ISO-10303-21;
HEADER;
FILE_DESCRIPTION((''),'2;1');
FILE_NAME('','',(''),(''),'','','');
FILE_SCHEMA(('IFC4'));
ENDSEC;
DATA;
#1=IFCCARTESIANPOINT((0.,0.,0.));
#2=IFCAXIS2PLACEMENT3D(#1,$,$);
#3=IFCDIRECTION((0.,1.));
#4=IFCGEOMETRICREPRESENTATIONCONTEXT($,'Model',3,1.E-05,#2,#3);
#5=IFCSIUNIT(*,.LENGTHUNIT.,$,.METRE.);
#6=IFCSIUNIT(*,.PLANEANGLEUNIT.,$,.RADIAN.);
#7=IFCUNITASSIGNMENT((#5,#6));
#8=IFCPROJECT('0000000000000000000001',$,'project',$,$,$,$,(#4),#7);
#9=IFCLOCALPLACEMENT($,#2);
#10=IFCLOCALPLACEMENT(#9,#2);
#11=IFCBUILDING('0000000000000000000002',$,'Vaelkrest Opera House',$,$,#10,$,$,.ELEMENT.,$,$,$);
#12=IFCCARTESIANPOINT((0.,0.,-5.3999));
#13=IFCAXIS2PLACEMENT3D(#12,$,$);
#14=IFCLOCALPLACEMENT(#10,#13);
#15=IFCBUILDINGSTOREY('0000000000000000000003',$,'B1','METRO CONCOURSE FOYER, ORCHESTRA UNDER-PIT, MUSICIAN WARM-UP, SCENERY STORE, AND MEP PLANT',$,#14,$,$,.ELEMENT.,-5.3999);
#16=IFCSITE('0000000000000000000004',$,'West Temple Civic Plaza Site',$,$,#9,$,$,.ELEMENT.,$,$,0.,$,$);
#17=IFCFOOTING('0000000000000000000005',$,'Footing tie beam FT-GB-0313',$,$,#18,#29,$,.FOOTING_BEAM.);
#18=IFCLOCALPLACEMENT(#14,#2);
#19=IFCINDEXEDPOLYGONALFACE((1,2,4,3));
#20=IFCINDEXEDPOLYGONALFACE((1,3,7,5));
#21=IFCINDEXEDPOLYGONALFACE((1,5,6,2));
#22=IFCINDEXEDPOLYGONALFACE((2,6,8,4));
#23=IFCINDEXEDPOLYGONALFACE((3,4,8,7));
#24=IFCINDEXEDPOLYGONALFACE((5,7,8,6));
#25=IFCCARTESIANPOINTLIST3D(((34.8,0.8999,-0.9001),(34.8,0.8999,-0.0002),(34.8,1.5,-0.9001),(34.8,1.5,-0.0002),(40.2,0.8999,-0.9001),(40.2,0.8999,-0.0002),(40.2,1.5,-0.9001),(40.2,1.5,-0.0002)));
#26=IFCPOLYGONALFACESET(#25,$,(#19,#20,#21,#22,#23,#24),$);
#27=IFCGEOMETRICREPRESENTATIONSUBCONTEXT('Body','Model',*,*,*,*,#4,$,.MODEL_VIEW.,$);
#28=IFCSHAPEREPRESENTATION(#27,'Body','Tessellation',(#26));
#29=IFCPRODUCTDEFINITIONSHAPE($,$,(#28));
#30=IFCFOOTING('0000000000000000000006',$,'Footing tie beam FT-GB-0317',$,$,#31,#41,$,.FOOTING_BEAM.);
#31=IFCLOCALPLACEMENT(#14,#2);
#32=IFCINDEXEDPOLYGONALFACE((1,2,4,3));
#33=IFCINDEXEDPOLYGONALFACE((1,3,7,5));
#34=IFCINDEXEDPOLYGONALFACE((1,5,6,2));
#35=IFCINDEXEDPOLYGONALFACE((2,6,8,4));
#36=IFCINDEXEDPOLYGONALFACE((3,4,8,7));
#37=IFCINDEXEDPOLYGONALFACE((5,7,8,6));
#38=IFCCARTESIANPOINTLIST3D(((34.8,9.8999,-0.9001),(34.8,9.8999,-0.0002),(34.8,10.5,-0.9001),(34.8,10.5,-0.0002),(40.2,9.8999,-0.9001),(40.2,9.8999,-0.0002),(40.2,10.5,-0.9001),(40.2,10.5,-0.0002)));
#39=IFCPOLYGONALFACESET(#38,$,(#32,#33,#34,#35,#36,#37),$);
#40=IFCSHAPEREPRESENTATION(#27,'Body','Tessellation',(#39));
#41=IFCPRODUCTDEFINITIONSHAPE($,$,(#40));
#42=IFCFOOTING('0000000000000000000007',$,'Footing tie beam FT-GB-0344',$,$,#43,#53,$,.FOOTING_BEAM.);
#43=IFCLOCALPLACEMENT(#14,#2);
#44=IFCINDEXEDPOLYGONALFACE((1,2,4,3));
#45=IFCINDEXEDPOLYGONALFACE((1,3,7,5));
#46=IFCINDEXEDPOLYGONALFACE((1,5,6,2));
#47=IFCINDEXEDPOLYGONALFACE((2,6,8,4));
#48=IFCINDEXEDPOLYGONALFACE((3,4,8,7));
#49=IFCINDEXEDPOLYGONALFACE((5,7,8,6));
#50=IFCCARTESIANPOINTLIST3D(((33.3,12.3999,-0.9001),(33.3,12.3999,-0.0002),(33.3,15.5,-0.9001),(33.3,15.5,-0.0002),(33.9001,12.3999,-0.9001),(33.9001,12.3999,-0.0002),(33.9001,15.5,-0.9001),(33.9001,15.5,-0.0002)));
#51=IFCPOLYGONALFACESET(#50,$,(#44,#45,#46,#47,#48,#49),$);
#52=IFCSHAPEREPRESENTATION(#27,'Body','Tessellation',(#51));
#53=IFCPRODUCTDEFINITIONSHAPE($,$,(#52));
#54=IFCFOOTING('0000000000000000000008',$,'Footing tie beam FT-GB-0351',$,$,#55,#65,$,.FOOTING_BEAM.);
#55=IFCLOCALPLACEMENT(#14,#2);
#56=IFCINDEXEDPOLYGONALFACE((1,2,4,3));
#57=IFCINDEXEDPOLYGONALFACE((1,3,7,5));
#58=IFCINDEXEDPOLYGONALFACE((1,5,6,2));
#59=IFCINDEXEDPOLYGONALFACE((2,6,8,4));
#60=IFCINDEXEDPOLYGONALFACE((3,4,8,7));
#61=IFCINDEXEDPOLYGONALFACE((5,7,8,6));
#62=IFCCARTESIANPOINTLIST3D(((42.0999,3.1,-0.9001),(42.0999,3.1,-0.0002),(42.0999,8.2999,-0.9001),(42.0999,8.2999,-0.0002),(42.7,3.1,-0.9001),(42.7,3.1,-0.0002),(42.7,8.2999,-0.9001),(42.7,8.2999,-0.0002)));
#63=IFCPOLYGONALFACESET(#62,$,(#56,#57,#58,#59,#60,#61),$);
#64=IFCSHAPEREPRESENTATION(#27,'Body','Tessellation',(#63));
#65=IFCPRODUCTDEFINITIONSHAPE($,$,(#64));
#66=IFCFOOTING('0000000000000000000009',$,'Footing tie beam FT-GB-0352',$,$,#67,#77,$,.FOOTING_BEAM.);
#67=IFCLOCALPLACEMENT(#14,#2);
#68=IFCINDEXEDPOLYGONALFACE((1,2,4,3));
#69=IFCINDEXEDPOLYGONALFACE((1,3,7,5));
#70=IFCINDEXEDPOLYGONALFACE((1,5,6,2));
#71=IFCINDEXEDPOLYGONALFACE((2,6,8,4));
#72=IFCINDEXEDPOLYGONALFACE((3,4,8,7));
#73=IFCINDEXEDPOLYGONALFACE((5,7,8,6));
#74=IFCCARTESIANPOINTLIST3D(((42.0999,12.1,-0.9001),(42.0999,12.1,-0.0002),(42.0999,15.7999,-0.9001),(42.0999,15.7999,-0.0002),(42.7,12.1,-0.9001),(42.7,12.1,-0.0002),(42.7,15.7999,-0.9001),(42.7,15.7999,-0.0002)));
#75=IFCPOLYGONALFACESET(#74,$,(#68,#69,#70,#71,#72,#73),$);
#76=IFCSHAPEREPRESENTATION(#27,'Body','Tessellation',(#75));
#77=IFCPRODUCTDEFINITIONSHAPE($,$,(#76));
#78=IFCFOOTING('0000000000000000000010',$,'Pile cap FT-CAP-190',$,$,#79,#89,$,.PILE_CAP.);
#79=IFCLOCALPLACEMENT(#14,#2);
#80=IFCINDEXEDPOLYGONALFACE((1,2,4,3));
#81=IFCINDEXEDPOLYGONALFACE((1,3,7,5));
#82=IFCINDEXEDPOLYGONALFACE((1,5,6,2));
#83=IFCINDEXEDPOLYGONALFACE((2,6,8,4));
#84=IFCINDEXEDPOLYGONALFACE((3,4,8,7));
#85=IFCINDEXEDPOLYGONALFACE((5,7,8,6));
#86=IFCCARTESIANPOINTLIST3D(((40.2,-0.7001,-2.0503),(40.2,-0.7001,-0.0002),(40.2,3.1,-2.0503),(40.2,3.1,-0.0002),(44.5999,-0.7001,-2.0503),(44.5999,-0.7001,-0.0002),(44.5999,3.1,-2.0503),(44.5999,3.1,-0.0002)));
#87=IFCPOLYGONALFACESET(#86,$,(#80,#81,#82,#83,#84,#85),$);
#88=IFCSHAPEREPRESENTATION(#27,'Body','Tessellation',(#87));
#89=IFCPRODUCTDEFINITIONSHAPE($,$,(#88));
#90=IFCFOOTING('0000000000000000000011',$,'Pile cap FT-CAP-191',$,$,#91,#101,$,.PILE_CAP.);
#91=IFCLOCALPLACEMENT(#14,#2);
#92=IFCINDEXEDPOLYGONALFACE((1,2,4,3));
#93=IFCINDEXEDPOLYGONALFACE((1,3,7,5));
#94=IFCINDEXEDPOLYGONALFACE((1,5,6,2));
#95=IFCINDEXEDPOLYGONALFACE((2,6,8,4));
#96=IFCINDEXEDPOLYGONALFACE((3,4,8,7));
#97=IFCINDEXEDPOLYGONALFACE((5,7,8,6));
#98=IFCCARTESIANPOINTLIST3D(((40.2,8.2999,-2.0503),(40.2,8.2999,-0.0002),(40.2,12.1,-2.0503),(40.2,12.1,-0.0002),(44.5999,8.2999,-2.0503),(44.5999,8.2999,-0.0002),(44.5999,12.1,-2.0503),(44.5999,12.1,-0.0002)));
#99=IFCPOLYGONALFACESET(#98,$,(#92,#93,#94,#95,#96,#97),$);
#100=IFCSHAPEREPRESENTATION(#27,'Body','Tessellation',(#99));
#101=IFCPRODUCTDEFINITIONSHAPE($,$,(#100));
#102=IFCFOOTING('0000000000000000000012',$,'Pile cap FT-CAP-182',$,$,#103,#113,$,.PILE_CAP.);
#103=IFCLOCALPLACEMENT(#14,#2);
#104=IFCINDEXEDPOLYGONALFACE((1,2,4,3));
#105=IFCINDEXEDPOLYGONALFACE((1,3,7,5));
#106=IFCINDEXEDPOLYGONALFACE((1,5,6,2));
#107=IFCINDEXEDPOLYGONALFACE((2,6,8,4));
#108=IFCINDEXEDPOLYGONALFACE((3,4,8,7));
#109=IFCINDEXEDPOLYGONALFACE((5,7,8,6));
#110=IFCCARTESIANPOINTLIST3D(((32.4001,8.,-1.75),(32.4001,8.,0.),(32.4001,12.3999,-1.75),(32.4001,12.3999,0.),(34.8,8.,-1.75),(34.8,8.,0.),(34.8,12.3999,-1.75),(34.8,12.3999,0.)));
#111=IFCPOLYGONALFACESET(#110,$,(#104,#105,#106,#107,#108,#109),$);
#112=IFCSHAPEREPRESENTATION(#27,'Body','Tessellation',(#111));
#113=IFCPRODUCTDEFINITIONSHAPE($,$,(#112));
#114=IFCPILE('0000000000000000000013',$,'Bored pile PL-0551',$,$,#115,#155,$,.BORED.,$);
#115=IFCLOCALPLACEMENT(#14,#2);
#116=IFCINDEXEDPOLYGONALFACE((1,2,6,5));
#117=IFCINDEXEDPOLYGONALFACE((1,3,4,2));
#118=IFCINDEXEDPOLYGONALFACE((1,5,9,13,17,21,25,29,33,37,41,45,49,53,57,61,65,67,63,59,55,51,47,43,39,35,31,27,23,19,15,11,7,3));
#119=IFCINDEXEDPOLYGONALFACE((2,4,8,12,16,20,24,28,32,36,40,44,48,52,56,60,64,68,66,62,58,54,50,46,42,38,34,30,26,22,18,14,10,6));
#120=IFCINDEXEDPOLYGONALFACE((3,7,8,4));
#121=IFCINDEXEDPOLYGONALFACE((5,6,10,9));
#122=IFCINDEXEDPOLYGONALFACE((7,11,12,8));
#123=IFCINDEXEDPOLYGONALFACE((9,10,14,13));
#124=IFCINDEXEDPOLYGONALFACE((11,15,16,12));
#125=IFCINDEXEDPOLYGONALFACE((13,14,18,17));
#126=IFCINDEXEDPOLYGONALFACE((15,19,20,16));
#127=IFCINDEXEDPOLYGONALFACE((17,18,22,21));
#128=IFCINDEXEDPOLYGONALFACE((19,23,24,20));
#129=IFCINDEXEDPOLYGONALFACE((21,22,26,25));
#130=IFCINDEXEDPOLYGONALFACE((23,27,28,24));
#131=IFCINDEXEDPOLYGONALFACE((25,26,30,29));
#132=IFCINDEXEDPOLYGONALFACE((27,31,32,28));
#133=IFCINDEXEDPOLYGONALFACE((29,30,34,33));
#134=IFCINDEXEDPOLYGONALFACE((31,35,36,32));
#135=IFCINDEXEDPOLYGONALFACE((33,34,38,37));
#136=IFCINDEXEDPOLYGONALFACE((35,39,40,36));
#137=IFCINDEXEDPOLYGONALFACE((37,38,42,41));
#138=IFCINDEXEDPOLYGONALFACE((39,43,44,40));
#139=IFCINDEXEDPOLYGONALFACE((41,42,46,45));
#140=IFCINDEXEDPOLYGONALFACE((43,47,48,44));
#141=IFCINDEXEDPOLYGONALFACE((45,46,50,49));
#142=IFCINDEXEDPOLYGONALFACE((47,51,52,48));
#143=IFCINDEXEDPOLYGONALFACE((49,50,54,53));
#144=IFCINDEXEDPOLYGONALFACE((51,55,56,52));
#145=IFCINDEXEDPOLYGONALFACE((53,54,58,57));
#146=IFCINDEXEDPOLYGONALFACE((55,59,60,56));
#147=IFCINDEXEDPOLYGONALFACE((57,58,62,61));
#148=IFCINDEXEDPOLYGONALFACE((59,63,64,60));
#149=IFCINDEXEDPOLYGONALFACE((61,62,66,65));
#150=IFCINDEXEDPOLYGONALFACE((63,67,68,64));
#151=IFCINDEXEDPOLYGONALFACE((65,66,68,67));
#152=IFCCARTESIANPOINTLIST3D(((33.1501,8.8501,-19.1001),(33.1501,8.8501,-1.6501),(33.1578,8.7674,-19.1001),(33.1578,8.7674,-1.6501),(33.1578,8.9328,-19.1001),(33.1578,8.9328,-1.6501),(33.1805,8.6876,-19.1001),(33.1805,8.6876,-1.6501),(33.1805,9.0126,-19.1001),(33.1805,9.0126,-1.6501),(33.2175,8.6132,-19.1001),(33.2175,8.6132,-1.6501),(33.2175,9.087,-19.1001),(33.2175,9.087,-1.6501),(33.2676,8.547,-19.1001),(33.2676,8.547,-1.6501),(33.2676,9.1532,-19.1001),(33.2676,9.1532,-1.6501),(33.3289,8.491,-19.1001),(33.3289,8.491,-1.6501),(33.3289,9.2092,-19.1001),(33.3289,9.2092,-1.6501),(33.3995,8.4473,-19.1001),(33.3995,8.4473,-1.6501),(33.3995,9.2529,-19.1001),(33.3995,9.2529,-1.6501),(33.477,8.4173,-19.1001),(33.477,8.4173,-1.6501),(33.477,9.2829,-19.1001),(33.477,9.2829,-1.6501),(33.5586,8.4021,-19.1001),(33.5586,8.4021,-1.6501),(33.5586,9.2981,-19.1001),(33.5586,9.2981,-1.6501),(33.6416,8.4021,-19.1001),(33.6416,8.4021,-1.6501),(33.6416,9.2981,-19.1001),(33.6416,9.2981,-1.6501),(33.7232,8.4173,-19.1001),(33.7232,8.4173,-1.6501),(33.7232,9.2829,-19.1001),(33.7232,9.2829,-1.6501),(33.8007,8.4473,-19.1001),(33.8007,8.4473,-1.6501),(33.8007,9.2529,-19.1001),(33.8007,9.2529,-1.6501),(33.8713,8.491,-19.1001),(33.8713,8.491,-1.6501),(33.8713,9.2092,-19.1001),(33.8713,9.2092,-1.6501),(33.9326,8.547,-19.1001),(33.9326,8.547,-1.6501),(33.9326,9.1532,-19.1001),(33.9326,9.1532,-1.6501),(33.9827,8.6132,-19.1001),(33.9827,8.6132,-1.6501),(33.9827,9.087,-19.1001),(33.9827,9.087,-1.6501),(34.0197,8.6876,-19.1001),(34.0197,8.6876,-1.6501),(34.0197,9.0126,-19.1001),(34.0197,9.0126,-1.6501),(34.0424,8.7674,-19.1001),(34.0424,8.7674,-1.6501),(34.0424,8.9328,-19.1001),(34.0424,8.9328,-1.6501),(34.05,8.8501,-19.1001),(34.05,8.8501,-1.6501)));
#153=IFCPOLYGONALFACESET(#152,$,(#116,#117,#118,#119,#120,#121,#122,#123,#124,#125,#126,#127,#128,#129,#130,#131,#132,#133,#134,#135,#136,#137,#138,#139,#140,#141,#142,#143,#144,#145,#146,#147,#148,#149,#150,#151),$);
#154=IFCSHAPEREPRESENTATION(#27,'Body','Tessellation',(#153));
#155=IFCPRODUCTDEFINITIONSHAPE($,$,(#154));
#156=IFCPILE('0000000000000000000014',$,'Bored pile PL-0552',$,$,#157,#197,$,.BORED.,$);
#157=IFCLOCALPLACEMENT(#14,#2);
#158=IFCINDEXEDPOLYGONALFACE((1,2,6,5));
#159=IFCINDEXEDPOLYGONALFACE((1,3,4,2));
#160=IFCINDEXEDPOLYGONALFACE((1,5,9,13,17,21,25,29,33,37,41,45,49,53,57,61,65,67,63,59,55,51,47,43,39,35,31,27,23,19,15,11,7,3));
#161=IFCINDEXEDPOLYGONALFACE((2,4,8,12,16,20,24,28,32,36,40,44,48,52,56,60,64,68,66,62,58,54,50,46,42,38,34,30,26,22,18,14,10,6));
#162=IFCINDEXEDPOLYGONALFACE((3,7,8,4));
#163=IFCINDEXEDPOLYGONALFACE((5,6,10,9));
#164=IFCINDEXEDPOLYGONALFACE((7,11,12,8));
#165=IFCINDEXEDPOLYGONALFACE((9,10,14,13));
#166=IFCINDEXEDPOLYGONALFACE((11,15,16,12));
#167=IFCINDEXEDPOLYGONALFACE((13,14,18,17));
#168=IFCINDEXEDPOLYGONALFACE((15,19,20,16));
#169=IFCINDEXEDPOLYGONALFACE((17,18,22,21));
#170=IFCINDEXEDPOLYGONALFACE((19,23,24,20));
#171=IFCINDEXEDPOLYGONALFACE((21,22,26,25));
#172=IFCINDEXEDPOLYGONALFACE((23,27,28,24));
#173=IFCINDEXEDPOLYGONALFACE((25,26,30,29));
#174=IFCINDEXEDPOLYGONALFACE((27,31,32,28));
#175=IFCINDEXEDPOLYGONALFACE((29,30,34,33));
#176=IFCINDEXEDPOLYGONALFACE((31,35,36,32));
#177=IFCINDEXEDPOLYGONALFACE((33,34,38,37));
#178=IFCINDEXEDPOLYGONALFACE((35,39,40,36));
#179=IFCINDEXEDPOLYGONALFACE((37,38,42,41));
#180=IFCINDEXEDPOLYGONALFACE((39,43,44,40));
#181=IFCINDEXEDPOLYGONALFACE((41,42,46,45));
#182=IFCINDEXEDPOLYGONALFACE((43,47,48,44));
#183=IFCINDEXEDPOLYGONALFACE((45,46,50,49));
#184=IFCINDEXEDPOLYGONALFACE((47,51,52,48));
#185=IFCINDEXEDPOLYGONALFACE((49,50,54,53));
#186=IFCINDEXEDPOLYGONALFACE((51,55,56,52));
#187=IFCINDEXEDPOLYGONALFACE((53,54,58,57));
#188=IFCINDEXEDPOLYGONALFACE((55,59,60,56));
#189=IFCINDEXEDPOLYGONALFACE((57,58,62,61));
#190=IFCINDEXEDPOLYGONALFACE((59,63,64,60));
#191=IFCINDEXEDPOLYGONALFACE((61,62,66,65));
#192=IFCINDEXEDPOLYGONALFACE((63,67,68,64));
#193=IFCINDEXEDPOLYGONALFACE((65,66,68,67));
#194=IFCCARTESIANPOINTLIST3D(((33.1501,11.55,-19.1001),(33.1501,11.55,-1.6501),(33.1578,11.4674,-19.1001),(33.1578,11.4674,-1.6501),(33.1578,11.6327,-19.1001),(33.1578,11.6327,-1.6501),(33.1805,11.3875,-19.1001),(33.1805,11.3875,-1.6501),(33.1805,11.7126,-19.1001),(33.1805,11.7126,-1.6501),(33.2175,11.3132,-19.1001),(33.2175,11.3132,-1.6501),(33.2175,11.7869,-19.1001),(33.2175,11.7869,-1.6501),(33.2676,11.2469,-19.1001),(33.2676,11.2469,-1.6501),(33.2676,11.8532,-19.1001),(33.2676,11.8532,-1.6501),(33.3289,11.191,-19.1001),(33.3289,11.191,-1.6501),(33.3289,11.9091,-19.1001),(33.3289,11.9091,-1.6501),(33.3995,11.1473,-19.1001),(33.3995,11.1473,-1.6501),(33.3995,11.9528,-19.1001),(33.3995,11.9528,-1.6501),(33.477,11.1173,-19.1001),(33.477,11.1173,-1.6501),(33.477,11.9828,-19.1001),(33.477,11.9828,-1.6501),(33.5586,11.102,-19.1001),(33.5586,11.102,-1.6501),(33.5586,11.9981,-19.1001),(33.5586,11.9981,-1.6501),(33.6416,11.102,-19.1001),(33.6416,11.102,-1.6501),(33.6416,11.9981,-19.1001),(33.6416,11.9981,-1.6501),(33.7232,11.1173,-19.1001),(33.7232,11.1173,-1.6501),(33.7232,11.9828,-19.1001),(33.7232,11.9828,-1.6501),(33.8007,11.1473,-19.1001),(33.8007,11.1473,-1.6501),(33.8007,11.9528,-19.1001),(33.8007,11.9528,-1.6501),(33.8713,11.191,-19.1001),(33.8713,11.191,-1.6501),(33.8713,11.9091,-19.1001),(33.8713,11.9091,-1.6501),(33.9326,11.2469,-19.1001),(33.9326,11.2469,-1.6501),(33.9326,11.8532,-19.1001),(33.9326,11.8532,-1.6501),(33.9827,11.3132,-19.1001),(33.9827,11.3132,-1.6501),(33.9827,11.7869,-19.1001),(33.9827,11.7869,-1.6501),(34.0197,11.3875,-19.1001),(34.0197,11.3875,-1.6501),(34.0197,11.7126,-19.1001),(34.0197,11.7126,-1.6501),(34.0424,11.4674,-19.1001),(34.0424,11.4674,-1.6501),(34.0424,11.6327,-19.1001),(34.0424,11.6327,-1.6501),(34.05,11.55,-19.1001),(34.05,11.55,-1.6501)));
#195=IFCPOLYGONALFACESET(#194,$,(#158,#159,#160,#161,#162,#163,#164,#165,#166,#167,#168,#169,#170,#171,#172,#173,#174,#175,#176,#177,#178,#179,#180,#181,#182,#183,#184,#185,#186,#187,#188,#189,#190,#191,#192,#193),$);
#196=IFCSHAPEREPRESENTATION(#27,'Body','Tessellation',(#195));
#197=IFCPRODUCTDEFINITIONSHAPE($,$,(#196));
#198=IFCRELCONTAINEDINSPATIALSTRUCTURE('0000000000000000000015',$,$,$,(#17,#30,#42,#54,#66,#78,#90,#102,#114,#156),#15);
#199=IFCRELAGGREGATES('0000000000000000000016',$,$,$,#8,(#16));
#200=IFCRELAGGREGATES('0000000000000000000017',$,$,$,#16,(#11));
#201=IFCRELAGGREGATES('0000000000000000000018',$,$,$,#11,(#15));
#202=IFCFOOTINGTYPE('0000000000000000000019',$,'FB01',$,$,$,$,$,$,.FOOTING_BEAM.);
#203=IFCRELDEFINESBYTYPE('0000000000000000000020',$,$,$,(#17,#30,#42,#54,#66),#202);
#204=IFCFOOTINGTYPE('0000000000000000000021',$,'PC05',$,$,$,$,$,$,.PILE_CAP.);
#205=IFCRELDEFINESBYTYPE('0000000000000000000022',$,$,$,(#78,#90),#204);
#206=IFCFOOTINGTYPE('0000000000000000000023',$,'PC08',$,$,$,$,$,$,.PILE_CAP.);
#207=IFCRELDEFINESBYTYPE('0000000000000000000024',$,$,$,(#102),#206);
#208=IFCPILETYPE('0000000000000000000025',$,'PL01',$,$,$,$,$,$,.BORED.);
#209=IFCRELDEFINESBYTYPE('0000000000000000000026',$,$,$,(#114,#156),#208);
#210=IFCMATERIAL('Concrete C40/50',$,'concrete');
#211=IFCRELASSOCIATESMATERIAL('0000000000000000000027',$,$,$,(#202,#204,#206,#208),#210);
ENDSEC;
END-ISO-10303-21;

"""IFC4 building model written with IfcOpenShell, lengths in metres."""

from ifc_helpers import new_model, si_unit, direction, frame, origin, origin_2d, place, context, subcontext, project, spatial, rectangle, circle, extrude, material, material_profile, profile_set, type_object, element, save


model = new_model("IFC4")

# Units and contexts
model_context = context("Model", 3, precision=1e-05, world=origin(), true_north=direction((0.0, 1.0)))
body_context = subcontext(model_context, "Body", "Model", "MODEL_VIEW")
ifc_project = project(units=[si_unit("LENGTHUNIT", "METRE"), si_unit("PLANEANGLEUNIT", "RADIAN")], contexts=[model_context])

# Site, building, storey
site_placement = place(None, origin())
site = spatial("IfcSite", under=ifc_project, at=site_placement, Name="West Temple Civic Plaza Site", CompositionType="ELEMENT", RefElevation=0.0)
building_placement = place(site_placement, origin())
building = spatial("IfcBuilding", under=site, at=building_placement, Name="Vaelkrest Opera House", CompositionType="ELEMENT")
storey_placement = place(building_placement, frame((0.0, 0.0, -5.3999)))
storey = spatial("IfcBuildingStorey", under=building, at=storey_placement, Name="B1", Description="METRO CONCOURSE FOYER, ORCHESTRA UNDER-PIT, MUSICIAN WARM-UP, SCENERY STORE, AND MEP PLANT", CompositionType="ELEMENT", Elevation=-5.3999)

# Footings
ifc_material_1 = material(Name="Concrete C40/50", Category="concrete")
footing_type_1 = type_object("IfcFootingType", Name="FB01", PredefinedType="FOOTING_BEAM", material=ifc_material_1)
for number, where, z_axis, x_axis, name in (
    (1, (37.5, 1.2, -0.9001), (0.0, 0.0, 1.0), (1.0, 0.0, 0.0), "Footing tie beam FT-GB-0313"),
    (2, (37.5, 10.2, -0.9001), (0.0, 0.0, 1.0), (1.0, 0.0, 0.0), "Footing tie beam FT-GB-0317"),
):
    element("IfcFooting", number, at=place(storey_placement, frame(where, z_axis=z_axis, x_axis=x_axis)), inside=storey, type_object=footing_type_1, Name=name, PredefinedType="FOOTING_BEAM", context=body_context, shape_type="SweptSolid", body=[
        extrude(rectangle(XDim=5.3999, YDim=0.6001, at=origin_2d()), origin(), (0.0, 0.0, 1.0), 0.8999),
    ])
footing_1_placement = place(storey_placement, frame((33.6001, 13.95, -0.9001), z_axis=(0.0, 0.0, 1.0), x_axis=(0.0, 1.0, 0.0)))
element("IfcFooting", 3, at=footing_1_placement, inside=storey, type_object=footing_type_1, Name="Footing tie beam FT-GB-0344", PredefinedType="FOOTING_BEAM", context=body_context, shape_type="SweptSolid", body=[
    extrude(rectangle(XDim=3.1001, YDim=0.6001, at=origin_2d()), origin(), (0.0, 0.0, 1.0), 0.8999),
])
footing_2_placement = place(storey_placement, frame((42.3999, 5.7, -0.9001), z_axis=(0.0, 0.0, 1.0), x_axis=(0.0, 1.0, 0.0)))
element("IfcFooting", 4, at=footing_2_placement, inside=storey, type_object=footing_type_1, Name="Footing tie beam FT-GB-0351", PredefinedType="FOOTING_BEAM", context=body_context, shape_type="SweptSolid", body=[
    extrude(rectangle(XDim=5.2, YDim=0.6001, at=origin_2d()), origin(), (0.0, 0.0, 1.0), 0.8999),
])
footing_3_placement = place(storey_placement, frame((42.3999, 13.95, -0.9001), z_axis=(0.0, 0.0, 1.0), x_axis=(0.0, 1.0, 0.0)))
element("IfcFooting", 5, at=footing_3_placement, inside=storey, type_object=footing_type_1, Name="Footing tie beam FT-GB-0352", PredefinedType="FOOTING_BEAM", context=body_context, shape_type="SweptSolid", body=[
    extrude(rectangle(XDim=3.7, YDim=0.6001, at=origin_2d()), origin(), (0.0, 0.0, 1.0), 0.8999),
])
footing_type_2 = type_object("IfcFootingType", Name="PC05", PredefinedType="PILE_CAP", material=ifc_material_1)
for number, where, z_axis, x_axis, name in (
    (6, (42.3999, 1.2, -2.0503), (0.0, 0.0, 1.0), (1.0, 0.0, 0.0), "Pile cap FT-CAP-190"),
    (7, (42.3999, 10.2, -2.0503), (0.0, 0.0, 1.0), (1.0, 0.0, 0.0), "Pile cap FT-CAP-191"),
):
    element("IfcFooting", number, at=place(storey_placement, frame(where, z_axis=z_axis, x_axis=x_axis)), inside=storey, type_object=footing_type_2, Name=name, PredefinedType="PILE_CAP", context=body_context, shape_type="SweptSolid", body=[
        extrude(rectangle(XDim=4.3999, YDim=3.8, at=origin_2d()), origin(), (0.0, 0.0, 1.0), 2.05),
    ])
footing_type_3 = type_object("IfcFootingType", Name="PC08", PredefinedType="PILE_CAP", material=ifc_material_1)
footing_4_placement = place(storey_placement, frame((33.6001, 10.2, -1.75), z_axis=(0.0, 0.0, 1.0), x_axis=(1.0, 0.0, 0.0)))
element("IfcFooting", 8, at=footing_4_placement, inside=storey, type_object=footing_type_3, Name="Pile cap FT-CAP-182", PredefinedType="PILE_CAP", context=body_context, shape_type="SweptSolid", body=[
    extrude(rectangle(XDim=2.3999, YDim=4.3999, at=origin_2d()), origin(), (0.0, 0.0, 1.0), 1.75),
])

# Piles
ifc_material_profile_1 = material_profile(ifc_material_1, circle(Radius=0.45, at=origin_2d()), Name="PILE900")
ifc_profile_set_1 = profile_set([ifc_material_profile_1], Name="Concrete C40/50")
pile_type_1 = type_object("IfcPileType", Name="PL01", PredefinedType="BORED", material=ifc_profile_set_1)
for number, where, z_axis, x_axis, name in (
    (9, (33.6001, 8.8501, -1.6501), (0.0, 0.0, -1.0), (1.0, 0.0, 0.0), "Bored pile PL-0551"),
    (10, (33.6001, 11.55, -1.6501), (0.0, 0.0, -1.0), (1.0, 0.0, 0.0), "Bored pile PL-0552"),
):
    element("IfcPile", number, at=place(storey_placement, frame(where, z_axis=z_axis, x_axis=x_axis)), inside=storey, type_object=pile_type_1, Name=name, PredefinedType="BORED", context=body_context, shape_type="SweptSolid", body=[
        extrude(circle(Radius=0.45, at=origin_2d()), origin(), (0.0, 0.0, 1.0), 17.45),
    ])

save(model, "model.ifc")
